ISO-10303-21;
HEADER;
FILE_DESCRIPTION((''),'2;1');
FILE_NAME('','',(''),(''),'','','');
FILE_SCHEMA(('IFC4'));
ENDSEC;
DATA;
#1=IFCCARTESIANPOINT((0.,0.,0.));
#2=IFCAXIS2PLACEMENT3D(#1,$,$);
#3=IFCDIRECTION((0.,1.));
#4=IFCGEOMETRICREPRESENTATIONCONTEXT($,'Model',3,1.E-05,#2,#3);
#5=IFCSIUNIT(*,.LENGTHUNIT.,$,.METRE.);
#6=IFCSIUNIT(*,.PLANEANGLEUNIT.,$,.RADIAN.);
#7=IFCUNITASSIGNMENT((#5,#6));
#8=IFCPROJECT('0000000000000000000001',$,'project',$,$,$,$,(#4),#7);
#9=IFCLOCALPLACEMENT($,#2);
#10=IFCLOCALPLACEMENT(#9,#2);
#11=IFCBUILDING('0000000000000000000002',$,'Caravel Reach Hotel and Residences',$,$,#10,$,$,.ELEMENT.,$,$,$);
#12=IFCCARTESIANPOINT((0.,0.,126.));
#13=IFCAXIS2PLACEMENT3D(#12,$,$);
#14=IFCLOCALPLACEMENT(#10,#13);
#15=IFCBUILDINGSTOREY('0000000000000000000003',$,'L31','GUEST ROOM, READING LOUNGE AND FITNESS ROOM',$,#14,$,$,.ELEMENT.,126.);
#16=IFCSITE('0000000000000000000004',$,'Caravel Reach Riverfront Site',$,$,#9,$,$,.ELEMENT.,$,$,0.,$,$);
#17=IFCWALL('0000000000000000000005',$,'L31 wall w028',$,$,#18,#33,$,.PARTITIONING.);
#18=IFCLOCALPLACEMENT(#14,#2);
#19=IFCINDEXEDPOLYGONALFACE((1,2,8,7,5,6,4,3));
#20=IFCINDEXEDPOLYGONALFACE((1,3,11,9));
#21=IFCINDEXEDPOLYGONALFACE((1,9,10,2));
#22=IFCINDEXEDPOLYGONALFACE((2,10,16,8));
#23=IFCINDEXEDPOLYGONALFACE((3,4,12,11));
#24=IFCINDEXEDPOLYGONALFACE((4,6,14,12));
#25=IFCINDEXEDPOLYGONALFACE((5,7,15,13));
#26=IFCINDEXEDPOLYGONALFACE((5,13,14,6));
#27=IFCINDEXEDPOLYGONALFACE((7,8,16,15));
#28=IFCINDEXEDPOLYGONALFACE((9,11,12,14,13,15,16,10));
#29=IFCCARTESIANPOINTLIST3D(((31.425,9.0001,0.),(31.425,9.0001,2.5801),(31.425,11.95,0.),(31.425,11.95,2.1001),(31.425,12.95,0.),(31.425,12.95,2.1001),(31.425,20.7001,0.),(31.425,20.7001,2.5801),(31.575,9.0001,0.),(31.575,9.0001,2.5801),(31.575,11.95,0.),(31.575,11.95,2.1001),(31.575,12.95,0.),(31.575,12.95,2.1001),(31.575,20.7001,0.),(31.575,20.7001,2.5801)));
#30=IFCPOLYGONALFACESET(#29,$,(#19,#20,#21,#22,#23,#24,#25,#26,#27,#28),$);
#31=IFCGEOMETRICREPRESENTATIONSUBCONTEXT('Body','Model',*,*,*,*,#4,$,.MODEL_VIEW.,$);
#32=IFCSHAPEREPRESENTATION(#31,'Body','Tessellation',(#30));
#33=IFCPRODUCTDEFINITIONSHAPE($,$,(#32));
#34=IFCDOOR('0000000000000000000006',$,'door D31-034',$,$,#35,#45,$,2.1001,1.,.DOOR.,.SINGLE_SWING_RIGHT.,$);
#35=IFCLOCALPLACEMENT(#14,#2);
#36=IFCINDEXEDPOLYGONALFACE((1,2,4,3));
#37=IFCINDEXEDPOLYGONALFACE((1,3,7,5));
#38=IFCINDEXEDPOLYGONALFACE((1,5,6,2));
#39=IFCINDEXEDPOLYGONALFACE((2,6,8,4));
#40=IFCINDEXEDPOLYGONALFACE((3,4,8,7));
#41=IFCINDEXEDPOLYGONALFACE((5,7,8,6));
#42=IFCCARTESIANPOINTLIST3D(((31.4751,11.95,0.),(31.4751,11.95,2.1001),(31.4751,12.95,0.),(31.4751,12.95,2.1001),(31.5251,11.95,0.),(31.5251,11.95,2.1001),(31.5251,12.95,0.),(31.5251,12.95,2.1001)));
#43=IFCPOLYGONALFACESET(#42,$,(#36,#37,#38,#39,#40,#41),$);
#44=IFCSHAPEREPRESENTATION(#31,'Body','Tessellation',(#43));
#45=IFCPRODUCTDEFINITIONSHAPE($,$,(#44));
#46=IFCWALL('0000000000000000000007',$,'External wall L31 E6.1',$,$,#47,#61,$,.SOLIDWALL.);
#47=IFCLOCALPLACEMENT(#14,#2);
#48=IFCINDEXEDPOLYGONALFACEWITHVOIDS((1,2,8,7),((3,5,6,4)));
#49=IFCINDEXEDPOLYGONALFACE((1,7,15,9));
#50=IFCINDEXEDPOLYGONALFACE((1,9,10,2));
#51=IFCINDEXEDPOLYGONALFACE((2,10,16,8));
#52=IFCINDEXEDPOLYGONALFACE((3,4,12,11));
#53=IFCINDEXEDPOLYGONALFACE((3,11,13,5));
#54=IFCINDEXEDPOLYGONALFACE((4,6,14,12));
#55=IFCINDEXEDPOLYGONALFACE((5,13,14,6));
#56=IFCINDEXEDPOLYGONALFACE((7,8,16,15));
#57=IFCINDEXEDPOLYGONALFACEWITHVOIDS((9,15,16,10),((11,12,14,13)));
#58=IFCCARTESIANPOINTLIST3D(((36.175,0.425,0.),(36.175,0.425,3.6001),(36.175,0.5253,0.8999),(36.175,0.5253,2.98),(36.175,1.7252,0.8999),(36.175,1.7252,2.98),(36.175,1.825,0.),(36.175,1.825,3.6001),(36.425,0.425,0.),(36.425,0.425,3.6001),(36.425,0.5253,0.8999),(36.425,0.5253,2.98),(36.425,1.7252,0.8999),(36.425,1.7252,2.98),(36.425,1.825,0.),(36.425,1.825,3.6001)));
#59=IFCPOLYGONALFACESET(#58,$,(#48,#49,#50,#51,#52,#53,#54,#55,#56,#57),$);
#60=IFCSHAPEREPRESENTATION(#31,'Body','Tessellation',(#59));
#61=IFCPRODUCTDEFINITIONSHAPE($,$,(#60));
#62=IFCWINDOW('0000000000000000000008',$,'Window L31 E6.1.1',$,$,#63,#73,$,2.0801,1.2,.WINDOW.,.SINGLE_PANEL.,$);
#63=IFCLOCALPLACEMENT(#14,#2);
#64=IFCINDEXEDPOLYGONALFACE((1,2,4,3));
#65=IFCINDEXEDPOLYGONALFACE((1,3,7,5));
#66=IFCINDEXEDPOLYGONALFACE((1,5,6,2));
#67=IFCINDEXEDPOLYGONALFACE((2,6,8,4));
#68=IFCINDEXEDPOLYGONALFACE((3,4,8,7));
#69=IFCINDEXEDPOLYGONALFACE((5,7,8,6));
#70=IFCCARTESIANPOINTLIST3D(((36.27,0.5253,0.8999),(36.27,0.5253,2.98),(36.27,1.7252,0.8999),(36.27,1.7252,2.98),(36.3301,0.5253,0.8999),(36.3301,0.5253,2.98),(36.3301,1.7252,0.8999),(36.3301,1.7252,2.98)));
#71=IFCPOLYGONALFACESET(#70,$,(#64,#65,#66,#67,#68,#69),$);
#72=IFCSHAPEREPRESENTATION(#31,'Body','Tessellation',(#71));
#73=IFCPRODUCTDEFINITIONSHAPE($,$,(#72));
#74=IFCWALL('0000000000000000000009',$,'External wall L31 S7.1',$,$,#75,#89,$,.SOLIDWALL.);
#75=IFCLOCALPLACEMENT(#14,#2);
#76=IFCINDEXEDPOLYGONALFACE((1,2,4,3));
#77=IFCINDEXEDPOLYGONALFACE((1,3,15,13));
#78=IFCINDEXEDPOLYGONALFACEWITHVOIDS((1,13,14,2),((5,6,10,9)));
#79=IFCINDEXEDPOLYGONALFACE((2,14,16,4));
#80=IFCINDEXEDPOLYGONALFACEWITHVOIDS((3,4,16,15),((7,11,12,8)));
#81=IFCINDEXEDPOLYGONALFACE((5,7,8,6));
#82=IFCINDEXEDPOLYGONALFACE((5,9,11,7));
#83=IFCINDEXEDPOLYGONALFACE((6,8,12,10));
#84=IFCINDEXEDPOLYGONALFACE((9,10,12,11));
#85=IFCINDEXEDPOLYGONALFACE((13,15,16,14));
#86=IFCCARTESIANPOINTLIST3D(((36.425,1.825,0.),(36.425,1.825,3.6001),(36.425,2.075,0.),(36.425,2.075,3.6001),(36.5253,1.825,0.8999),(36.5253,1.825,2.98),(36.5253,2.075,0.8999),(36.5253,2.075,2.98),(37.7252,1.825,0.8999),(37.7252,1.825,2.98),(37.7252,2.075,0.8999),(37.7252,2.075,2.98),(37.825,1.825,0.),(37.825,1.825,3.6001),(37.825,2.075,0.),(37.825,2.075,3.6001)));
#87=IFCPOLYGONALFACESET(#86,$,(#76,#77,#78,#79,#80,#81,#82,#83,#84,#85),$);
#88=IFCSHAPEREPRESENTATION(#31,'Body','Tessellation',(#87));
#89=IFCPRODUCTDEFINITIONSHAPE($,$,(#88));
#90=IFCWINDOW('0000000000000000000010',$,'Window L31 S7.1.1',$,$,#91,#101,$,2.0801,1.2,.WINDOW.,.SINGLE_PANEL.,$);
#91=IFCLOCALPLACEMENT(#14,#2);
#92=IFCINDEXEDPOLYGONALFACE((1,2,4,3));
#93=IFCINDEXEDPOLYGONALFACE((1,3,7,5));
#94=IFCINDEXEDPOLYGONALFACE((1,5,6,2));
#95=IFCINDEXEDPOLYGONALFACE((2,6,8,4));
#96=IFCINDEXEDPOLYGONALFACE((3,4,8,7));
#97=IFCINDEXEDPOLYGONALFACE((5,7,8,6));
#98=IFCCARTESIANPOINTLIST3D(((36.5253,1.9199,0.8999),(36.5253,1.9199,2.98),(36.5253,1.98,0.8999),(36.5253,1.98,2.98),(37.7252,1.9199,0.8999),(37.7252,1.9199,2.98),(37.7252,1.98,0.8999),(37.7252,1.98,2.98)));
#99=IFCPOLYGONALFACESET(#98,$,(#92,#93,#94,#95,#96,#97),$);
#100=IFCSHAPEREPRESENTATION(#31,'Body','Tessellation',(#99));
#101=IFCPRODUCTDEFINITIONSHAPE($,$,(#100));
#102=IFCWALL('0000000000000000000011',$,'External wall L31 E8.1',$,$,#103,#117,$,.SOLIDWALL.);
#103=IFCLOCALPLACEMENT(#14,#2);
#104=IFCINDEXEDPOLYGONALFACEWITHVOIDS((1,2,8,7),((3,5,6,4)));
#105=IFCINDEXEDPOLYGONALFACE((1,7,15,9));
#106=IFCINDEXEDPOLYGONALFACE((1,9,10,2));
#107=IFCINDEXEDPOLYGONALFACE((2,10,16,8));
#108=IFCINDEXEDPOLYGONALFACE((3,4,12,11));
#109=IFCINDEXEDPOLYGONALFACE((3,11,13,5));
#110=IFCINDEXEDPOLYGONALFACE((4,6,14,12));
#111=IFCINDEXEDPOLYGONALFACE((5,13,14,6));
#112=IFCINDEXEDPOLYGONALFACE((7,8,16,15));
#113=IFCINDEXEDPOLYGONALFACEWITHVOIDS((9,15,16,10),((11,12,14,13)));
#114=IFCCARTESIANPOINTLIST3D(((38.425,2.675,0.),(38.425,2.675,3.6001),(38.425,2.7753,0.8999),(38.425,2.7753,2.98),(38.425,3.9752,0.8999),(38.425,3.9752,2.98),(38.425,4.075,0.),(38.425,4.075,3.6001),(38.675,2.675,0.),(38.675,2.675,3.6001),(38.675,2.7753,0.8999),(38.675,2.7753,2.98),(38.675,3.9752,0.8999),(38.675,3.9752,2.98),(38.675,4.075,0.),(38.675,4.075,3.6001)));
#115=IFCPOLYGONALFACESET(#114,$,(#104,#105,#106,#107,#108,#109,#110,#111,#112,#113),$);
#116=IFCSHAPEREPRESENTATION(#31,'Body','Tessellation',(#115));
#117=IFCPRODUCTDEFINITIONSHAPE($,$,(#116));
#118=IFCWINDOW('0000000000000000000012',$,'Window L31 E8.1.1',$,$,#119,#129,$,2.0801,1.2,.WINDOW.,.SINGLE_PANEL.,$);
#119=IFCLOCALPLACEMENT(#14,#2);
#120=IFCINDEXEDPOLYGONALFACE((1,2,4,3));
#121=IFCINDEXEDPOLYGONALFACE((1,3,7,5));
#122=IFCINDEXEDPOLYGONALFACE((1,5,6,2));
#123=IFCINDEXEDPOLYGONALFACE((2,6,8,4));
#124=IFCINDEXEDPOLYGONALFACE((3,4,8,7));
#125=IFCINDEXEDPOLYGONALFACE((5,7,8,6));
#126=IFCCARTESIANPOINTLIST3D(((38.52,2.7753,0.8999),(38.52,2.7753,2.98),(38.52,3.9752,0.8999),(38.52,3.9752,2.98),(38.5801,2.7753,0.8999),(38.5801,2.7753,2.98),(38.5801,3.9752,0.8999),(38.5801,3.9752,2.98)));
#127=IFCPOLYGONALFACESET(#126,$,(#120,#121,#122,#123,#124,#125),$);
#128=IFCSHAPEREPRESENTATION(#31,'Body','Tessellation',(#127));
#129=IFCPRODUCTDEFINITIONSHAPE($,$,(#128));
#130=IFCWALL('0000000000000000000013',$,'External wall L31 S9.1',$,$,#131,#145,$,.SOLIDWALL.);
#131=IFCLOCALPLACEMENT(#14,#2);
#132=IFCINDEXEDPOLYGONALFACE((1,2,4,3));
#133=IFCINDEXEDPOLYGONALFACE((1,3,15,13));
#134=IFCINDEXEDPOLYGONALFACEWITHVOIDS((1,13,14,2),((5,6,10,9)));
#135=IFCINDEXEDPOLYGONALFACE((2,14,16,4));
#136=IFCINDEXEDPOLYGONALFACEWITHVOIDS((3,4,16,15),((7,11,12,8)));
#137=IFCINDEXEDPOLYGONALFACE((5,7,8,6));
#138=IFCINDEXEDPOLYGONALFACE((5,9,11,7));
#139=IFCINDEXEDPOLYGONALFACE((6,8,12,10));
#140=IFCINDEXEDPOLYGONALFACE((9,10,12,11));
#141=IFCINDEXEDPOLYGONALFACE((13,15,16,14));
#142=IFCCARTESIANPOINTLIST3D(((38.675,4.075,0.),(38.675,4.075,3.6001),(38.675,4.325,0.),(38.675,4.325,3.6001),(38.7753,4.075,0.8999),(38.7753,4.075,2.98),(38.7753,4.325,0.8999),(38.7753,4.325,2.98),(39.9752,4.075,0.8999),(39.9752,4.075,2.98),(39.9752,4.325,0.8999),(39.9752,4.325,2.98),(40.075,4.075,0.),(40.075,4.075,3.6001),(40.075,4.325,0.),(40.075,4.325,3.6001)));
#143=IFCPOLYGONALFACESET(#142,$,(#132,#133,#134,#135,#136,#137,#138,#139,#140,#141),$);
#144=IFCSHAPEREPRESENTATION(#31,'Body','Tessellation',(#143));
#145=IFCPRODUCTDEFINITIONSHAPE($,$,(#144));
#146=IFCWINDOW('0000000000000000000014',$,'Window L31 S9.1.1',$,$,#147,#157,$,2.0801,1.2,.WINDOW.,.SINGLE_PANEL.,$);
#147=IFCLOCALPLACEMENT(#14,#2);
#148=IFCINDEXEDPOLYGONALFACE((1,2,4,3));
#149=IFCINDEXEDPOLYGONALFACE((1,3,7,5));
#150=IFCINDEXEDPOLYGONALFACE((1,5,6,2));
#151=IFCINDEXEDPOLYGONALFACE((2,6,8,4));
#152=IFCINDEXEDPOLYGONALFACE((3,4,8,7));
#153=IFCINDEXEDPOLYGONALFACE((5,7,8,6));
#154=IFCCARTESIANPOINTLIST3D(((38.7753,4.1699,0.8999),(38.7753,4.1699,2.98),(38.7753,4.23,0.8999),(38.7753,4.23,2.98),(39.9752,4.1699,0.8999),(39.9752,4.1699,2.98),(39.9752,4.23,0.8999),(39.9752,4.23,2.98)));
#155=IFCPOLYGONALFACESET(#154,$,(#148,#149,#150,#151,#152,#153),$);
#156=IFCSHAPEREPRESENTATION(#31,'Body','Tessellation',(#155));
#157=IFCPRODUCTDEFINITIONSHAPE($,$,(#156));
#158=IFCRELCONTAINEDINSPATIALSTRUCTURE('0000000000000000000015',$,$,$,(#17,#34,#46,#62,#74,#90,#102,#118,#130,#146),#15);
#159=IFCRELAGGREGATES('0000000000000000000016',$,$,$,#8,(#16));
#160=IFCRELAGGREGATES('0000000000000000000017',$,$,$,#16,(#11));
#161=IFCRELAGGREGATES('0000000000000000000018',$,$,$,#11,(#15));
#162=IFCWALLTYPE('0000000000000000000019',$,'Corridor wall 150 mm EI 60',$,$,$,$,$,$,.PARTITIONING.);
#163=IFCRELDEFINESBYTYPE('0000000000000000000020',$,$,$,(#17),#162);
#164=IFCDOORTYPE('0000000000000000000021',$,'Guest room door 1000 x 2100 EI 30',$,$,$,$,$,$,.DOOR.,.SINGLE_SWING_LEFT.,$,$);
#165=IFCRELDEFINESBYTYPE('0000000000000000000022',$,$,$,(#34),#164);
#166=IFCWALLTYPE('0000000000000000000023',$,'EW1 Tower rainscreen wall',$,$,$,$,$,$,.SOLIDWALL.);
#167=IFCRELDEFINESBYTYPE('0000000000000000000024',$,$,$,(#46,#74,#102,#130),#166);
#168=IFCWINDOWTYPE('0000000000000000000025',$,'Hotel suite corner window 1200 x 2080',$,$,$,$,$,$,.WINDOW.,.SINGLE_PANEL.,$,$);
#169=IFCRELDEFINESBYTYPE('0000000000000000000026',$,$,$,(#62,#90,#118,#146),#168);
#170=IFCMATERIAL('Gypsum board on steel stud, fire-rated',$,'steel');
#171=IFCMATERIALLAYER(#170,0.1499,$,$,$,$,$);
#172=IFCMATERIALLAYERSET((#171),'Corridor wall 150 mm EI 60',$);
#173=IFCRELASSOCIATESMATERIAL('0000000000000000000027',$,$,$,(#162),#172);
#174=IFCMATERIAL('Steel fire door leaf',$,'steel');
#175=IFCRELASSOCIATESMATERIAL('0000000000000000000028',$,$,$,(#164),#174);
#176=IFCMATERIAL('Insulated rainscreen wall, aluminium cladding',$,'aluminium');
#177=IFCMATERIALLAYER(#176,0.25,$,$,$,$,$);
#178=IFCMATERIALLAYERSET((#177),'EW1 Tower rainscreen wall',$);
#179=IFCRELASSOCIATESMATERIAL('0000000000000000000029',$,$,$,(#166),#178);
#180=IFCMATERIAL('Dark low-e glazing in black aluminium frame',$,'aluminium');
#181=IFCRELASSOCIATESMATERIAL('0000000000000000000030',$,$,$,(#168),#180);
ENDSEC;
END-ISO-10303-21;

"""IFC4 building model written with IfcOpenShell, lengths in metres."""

from ifc_helpers import new_model, si_unit, direction, frame, frame_2d, origin, place, context, subcontext, project, spatial, rectangle, extrude, material, layer, layer_set, type_object, element, fill, save


model = new_model("IFC4")

# Units and contexts
model_context = context("Model", 3, precision=1e-05, world=origin(), true_north=direction((0.0, 1.0)))
body_context = subcontext(model_context, "Body", "Model", "MODEL_VIEW")
ifc_project = project(units=[si_unit("LENGTHUNIT", "METRE"), si_unit("PLANEANGLEUNIT", "RADIAN")], contexts=[model_context])

# Site, building, storey
site_placement = place(None, origin())
site = spatial("IfcSite", under=ifc_project, at=site_placement, Name="Caravel Reach Riverfront Site", CompositionType="ELEMENT", RefElevation=0.0)
building_placement = place(site_placement, origin())
building = spatial("IfcBuilding", under=site, at=building_placement, Name="Caravel Reach Hotel and Residences", CompositionType="ELEMENT")
storey_placement = place(building_placement, frame((0.0, 0.0, 126.0)))
storey = spatial("IfcBuildingStorey", under=building, at=storey_placement, Name="L31", Description="GUEST ROOM, READING LOUNGE AND FITNESS ROOM", CompositionType="ELEMENT", Elevation=126.0)

# Wall, opening, door
ifc_material_1 = material(Name="Gypsum board on steel stud, fire-rated", Category="steel")
ifc_layer_1 = layer(ifc_material_1, 0.1499)
ifc_layer_set_1 = layer_set([ifc_layer_1], Name="Corridor wall 150 mm EI 60")
wall_type_1 = type_object("IfcWallType", Name="Corridor wall 150 mm EI 60", PredefinedType="PARTITIONING", material=ifc_layer_set_1)
wall_1_placement = place(storey_placement, frame((31.5, 9.0, 0.0), z_axis=(0.0, 0.0, 1.0), x_axis=(0.0, 1.0, 0.0)))
wall_1 = element("IfcWall", 1, at=wall_1_placement, inside=storey, type_object=wall_type_1, Name="L31 wall w028", PredefinedType="PARTITIONING", context=body_context, shape_type="SweptSolid", body=[
    extrude(rectangle(XDim=11.7, YDim=0.1499, at=frame_2d((5.8501, 0.0))), origin(), (0.0, 0.0, 1.0), 2.5801),
])
opening_1_placement = place(wall_1_placement, frame((2.95, 0.0, 0.0)))
opening_1 = element("IfcOpeningElement", 2, at=opening_1_placement, cuts=wall_1, PredefinedType="OPENING", context=body_context, shape_type="SweptSolid", body=[
    extrude(rectangle(XDim=1.0, YDim=2.1001, at=frame_2d((0.5, 1.05))), frame((0.0, 0.085, 0.0), z_axis=(0.0, -1.0, 0.0), x_axis=(1.0, 0.0, 0.0)), (0.0, 0.0, 1.0), 0.1699),
])
ifc_material_2 = material(Name="Steel fire door leaf", Category="steel")
door_type_1 = type_object("IfcDoorType", Name="Guest room door 1000 x 2100 EI 30", OperationType="SINGLE_SWING_LEFT", PredefinedType="DOOR", material=ifc_material_2)
door_1_placement = place(opening_1_placement, origin())
door_1 = element("IfcDoor", 3, at=door_1_placement, inside=storey, type_object=door_type_1, Name="door D31-034", OperationType="SINGLE_SWING_RIGHT", OverallHeight=2.1001, OverallWidth=1.0, PredefinedType="DOOR", context=body_context, shape_type="SweptSolid", body=[
    extrude(rectangle(XDim=1.0, YDim=2.1001, at=frame_2d((0.5, 1.05))), frame((0.0, 0.0249, 0.0), z_axis=(0.0, -1.0, 0.0), x_axis=(1.0, 0.0, 0.0)), (0.0, 0.0, 1.0), 0.05),
])
fill(opening_1, door_1)

# Walls, openings, windows
ifc_material_3 = material(Name="Insulated rainscreen wall, aluminium cladding", Category="aluminium")
ifc_layer_2 = layer(ifc_material_3, 0.25)
ifc_layer_set_2 = layer_set([ifc_layer_2], Name="EW1 Tower rainscreen wall")
wall_type_2 = type_object("IfcWallType", Name="EW1 Tower rainscreen wall", PredefinedType="SOLIDWALL", material=ifc_layer_set_2)
wall_2_placement = place(storey_placement, frame((36.3, 0.425, 0.0), z_axis=(0.0, 0.0, 1.0), x_axis=(0.0, 1.0, 0.0)))
wall_2 = element("IfcWall", 4, at=wall_2_placement, inside=storey, type_object=wall_type_2, Name="External wall L31 E6.1", PredefinedType="SOLIDWALL", context=body_context, shape_type="SweptSolid", body=[
    extrude(rectangle(XDim=1.3999, YDim=0.25, at=frame_2d((0.7, 0.0))), origin(), (0.0, 0.0, 1.0), 3.6001),
])
opening_2_placement = place(wall_2_placement, frame((0.1001, 0.0, 0.8999)))
opening_2 = element("IfcOpeningElement", 5, at=opening_2_placement, cuts=wall_2, PredefinedType="OPENING", context=body_context, shape_type="SweptSolid", body=[
    extrude(rectangle(XDim=1.2, YDim=2.0801, at=frame_2d((0.6001, 1.04))), frame((0.0, 0.135, 0.0), z_axis=(0.0, -1.0, 0.0), x_axis=(1.0, 0.0, 0.0)), (0.0, 0.0, 1.0), 0.27),
])
ifc_material_4 = material(Name="Dark low-e glazing in black aluminium frame", Category="aluminium")
window_type_1 = type_object("IfcWindowType", Name="Hotel suite corner window 1200 x 2080", PartitioningType="SINGLE_PANEL", PredefinedType="WINDOW", material=ifc_material_4)
window_1_placement = place(opening_2_placement, origin())
window_1 = element("IfcWindow", 6, at=window_1_placement, inside=storey, type_object=window_type_1, Name="Window L31 E6.1.1", OverallHeight=2.0801, OverallWidth=1.2, PartitioningType="SINGLE_PANEL", PredefinedType="WINDOW", context=body_context, shape_type="SweptSolid", body=[
    extrude(rectangle(XDim=1.2, YDim=2.0801, at=frame_2d((0.6001, 1.04))), frame((0.0, 0.03, 0.0), z_axis=(0.0, -1.0, 0.0), x_axis=(1.0, 0.0, 0.0)), (0.0, 0.0, 1.0), 0.0601),
])
fill(opening_2, window_1)
wall_3_placement = place(storey_placement, frame((36.425, 1.95, 0.0), z_axis=(0.0, 0.0, 1.0), x_axis=(1.0, 0.0, 0.0)))
wall_3 = element("IfcWall", 7, at=wall_3_placement, inside=storey, type_object=wall_type_2, Name="External wall L31 S7.1", PredefinedType="SOLIDWALL", context=body_context, shape_type="SweptSolid", body=[
    extrude(rectangle(XDim=1.3999, YDim=0.25, at=frame_2d((0.7, 0.0))), origin(), (0.0, 0.0, 1.0), 3.6001),
])
opening_3_placement = place(wall_3_placement, frame((0.1001, 0.0, 0.8999)))
opening_3 = element("IfcOpeningElement", 8, at=opening_3_placement, cuts=wall_3, PredefinedType="OPENING", context=body_context, shape_type="SweptSolid", body=[
    extrude(rectangle(XDim=1.2, YDim=2.0801, at=frame_2d((0.6001, 1.04))), frame((0.0, 0.135, 0.0), z_axis=(0.0, -1.0, 0.0), x_axis=(1.0, 0.0, 0.0)), (0.0, 0.0, 1.0), 0.27),
])
window_2_placement = place(opening_3_placement, origin())
window_2 = element("IfcWindow", 9, at=window_2_placement, inside=storey, type_object=window_type_1, Name="Window L31 S7.1.1", OverallHeight=2.0801, OverallWidth=1.2, PartitioningType="SINGLE_PANEL", PredefinedType="WINDOW", context=body_context, shape_type="SweptSolid", body=[
    extrude(rectangle(XDim=1.2, YDim=2.0801, at=frame_2d((0.6001, 1.04))), frame((0.0, 0.03, 0.0), z_axis=(0.0, -1.0, 0.0), x_axis=(1.0, 0.0, 0.0)), (0.0, 0.0, 1.0), 0.0601),
])
fill(opening_3, window_2)
wall_4_placement = place(storey_placement, frame((38.55, 2.675, 0.0), z_axis=(0.0, 0.0, 1.0), x_axis=(0.0, 1.0, 0.0)))
wall_4 = element("IfcWall", 10, at=wall_4_placement, inside=storey, type_object=wall_type_2, Name="External wall L31 E8.1", PredefinedType="SOLIDWALL", context=body_context, shape_type="SweptSolid", body=[
    extrude(rectangle(XDim=1.3999, YDim=0.25, at=frame_2d((0.7, 0.0))), origin(), (0.0, 0.0, 1.0), 3.6001),
])
opening_4_placement = place(wall_4_placement, frame((0.1001, 0.0, 0.8999)))
opening_4 = element("IfcOpeningElement", 11, at=opening_4_placement, cuts=wall_4, PredefinedType="OPENING", context=body_context, shape_type="SweptSolid", body=[
    extrude(rectangle(XDim=1.2, YDim=2.0801, at=frame_2d((0.6001, 1.04))), frame((0.0, 0.135, 0.0), z_axis=(0.0, -1.0, 0.0), x_axis=(1.0, 0.0, 0.0)), (0.0, 0.0, 1.0), 0.27),
])
window_3_placement = place(opening_4_placement, origin())
window_3 = element("IfcWindow", 12, at=window_3_placement, inside=storey, type_object=window_type_1, Name="Window L31 E8.1.1", OverallHeight=2.0801, OverallWidth=1.2, PartitioningType="SINGLE_PANEL", PredefinedType="WINDOW", context=body_context, shape_type="SweptSolid", body=[
    extrude(rectangle(XDim=1.2, YDim=2.0801, at=frame_2d((0.6001, 1.04))), frame((0.0, 0.03, 0.0), z_axis=(0.0, -1.0, 0.0), x_axis=(1.0, 0.0, 0.0)), (0.0, 0.0, 1.0), 0.0601),
])
fill(opening_4, window_3)
wall_5_placement = place(storey_placement, frame((38.675, 4.2, 0.0), z_axis=(0.0, 0.0, 1.0), x_axis=(1.0, 0.0, 0.0)))
wall_5 = element("IfcWall", 13, at=wall_5_placement, inside=storey, type_object=wall_type_2, Name="External wall L31 S9.1", PredefinedType="SOLIDWALL", context=body_context, shape_type="SweptSolid", body=[
    extrude(rectangle(XDim=1.3999, YDim=0.25, at=frame_2d((0.7, 0.0))), origin(), (0.0, 0.0, 1.0), 3.6001),
])
opening_5_placement = place(wall_5_placement, frame((0.1001, 0.0, 0.8999)))
opening_5 = element("IfcOpeningElement", 14, at=opening_5_placement, cuts=wall_5, PredefinedType="OPENING", context=body_context, shape_type="SweptSolid", body=[
    extrude(rectangle(XDim=1.2, YDim=2.0801, at=frame_2d((0.6001, 1.04))), frame((0.0, 0.135, 0.0), z_axis=(0.0, -1.0, 0.0), x_axis=(1.0, 0.0, 0.0)), (0.0, 0.0, 1.0), 0.27),
])
window_4_placement = place(opening_5_placement, origin())
window_4 = element("IfcWindow", 15, at=window_4_placement, inside=storey, type_object=window_type_1, Name="Window L31 S9.1.1", OverallHeight=2.0801, OverallWidth=1.2, PartitioningType="SINGLE_PANEL", PredefinedType="WINDOW", context=body_context, shape_type="SweptSolid", body=[
    extrude(rectangle(XDim=1.2, YDim=2.0801, at=frame_2d((0.6001, 1.04))), frame((0.0, 0.03, 0.0), z_axis=(0.0, -1.0, 0.0), x_axis=(1.0, 0.0, 0.0)), (0.0, 0.0, 1.0), 0.0601),
])
fill(opening_5, window_4)

save(model, "model.ifc")
